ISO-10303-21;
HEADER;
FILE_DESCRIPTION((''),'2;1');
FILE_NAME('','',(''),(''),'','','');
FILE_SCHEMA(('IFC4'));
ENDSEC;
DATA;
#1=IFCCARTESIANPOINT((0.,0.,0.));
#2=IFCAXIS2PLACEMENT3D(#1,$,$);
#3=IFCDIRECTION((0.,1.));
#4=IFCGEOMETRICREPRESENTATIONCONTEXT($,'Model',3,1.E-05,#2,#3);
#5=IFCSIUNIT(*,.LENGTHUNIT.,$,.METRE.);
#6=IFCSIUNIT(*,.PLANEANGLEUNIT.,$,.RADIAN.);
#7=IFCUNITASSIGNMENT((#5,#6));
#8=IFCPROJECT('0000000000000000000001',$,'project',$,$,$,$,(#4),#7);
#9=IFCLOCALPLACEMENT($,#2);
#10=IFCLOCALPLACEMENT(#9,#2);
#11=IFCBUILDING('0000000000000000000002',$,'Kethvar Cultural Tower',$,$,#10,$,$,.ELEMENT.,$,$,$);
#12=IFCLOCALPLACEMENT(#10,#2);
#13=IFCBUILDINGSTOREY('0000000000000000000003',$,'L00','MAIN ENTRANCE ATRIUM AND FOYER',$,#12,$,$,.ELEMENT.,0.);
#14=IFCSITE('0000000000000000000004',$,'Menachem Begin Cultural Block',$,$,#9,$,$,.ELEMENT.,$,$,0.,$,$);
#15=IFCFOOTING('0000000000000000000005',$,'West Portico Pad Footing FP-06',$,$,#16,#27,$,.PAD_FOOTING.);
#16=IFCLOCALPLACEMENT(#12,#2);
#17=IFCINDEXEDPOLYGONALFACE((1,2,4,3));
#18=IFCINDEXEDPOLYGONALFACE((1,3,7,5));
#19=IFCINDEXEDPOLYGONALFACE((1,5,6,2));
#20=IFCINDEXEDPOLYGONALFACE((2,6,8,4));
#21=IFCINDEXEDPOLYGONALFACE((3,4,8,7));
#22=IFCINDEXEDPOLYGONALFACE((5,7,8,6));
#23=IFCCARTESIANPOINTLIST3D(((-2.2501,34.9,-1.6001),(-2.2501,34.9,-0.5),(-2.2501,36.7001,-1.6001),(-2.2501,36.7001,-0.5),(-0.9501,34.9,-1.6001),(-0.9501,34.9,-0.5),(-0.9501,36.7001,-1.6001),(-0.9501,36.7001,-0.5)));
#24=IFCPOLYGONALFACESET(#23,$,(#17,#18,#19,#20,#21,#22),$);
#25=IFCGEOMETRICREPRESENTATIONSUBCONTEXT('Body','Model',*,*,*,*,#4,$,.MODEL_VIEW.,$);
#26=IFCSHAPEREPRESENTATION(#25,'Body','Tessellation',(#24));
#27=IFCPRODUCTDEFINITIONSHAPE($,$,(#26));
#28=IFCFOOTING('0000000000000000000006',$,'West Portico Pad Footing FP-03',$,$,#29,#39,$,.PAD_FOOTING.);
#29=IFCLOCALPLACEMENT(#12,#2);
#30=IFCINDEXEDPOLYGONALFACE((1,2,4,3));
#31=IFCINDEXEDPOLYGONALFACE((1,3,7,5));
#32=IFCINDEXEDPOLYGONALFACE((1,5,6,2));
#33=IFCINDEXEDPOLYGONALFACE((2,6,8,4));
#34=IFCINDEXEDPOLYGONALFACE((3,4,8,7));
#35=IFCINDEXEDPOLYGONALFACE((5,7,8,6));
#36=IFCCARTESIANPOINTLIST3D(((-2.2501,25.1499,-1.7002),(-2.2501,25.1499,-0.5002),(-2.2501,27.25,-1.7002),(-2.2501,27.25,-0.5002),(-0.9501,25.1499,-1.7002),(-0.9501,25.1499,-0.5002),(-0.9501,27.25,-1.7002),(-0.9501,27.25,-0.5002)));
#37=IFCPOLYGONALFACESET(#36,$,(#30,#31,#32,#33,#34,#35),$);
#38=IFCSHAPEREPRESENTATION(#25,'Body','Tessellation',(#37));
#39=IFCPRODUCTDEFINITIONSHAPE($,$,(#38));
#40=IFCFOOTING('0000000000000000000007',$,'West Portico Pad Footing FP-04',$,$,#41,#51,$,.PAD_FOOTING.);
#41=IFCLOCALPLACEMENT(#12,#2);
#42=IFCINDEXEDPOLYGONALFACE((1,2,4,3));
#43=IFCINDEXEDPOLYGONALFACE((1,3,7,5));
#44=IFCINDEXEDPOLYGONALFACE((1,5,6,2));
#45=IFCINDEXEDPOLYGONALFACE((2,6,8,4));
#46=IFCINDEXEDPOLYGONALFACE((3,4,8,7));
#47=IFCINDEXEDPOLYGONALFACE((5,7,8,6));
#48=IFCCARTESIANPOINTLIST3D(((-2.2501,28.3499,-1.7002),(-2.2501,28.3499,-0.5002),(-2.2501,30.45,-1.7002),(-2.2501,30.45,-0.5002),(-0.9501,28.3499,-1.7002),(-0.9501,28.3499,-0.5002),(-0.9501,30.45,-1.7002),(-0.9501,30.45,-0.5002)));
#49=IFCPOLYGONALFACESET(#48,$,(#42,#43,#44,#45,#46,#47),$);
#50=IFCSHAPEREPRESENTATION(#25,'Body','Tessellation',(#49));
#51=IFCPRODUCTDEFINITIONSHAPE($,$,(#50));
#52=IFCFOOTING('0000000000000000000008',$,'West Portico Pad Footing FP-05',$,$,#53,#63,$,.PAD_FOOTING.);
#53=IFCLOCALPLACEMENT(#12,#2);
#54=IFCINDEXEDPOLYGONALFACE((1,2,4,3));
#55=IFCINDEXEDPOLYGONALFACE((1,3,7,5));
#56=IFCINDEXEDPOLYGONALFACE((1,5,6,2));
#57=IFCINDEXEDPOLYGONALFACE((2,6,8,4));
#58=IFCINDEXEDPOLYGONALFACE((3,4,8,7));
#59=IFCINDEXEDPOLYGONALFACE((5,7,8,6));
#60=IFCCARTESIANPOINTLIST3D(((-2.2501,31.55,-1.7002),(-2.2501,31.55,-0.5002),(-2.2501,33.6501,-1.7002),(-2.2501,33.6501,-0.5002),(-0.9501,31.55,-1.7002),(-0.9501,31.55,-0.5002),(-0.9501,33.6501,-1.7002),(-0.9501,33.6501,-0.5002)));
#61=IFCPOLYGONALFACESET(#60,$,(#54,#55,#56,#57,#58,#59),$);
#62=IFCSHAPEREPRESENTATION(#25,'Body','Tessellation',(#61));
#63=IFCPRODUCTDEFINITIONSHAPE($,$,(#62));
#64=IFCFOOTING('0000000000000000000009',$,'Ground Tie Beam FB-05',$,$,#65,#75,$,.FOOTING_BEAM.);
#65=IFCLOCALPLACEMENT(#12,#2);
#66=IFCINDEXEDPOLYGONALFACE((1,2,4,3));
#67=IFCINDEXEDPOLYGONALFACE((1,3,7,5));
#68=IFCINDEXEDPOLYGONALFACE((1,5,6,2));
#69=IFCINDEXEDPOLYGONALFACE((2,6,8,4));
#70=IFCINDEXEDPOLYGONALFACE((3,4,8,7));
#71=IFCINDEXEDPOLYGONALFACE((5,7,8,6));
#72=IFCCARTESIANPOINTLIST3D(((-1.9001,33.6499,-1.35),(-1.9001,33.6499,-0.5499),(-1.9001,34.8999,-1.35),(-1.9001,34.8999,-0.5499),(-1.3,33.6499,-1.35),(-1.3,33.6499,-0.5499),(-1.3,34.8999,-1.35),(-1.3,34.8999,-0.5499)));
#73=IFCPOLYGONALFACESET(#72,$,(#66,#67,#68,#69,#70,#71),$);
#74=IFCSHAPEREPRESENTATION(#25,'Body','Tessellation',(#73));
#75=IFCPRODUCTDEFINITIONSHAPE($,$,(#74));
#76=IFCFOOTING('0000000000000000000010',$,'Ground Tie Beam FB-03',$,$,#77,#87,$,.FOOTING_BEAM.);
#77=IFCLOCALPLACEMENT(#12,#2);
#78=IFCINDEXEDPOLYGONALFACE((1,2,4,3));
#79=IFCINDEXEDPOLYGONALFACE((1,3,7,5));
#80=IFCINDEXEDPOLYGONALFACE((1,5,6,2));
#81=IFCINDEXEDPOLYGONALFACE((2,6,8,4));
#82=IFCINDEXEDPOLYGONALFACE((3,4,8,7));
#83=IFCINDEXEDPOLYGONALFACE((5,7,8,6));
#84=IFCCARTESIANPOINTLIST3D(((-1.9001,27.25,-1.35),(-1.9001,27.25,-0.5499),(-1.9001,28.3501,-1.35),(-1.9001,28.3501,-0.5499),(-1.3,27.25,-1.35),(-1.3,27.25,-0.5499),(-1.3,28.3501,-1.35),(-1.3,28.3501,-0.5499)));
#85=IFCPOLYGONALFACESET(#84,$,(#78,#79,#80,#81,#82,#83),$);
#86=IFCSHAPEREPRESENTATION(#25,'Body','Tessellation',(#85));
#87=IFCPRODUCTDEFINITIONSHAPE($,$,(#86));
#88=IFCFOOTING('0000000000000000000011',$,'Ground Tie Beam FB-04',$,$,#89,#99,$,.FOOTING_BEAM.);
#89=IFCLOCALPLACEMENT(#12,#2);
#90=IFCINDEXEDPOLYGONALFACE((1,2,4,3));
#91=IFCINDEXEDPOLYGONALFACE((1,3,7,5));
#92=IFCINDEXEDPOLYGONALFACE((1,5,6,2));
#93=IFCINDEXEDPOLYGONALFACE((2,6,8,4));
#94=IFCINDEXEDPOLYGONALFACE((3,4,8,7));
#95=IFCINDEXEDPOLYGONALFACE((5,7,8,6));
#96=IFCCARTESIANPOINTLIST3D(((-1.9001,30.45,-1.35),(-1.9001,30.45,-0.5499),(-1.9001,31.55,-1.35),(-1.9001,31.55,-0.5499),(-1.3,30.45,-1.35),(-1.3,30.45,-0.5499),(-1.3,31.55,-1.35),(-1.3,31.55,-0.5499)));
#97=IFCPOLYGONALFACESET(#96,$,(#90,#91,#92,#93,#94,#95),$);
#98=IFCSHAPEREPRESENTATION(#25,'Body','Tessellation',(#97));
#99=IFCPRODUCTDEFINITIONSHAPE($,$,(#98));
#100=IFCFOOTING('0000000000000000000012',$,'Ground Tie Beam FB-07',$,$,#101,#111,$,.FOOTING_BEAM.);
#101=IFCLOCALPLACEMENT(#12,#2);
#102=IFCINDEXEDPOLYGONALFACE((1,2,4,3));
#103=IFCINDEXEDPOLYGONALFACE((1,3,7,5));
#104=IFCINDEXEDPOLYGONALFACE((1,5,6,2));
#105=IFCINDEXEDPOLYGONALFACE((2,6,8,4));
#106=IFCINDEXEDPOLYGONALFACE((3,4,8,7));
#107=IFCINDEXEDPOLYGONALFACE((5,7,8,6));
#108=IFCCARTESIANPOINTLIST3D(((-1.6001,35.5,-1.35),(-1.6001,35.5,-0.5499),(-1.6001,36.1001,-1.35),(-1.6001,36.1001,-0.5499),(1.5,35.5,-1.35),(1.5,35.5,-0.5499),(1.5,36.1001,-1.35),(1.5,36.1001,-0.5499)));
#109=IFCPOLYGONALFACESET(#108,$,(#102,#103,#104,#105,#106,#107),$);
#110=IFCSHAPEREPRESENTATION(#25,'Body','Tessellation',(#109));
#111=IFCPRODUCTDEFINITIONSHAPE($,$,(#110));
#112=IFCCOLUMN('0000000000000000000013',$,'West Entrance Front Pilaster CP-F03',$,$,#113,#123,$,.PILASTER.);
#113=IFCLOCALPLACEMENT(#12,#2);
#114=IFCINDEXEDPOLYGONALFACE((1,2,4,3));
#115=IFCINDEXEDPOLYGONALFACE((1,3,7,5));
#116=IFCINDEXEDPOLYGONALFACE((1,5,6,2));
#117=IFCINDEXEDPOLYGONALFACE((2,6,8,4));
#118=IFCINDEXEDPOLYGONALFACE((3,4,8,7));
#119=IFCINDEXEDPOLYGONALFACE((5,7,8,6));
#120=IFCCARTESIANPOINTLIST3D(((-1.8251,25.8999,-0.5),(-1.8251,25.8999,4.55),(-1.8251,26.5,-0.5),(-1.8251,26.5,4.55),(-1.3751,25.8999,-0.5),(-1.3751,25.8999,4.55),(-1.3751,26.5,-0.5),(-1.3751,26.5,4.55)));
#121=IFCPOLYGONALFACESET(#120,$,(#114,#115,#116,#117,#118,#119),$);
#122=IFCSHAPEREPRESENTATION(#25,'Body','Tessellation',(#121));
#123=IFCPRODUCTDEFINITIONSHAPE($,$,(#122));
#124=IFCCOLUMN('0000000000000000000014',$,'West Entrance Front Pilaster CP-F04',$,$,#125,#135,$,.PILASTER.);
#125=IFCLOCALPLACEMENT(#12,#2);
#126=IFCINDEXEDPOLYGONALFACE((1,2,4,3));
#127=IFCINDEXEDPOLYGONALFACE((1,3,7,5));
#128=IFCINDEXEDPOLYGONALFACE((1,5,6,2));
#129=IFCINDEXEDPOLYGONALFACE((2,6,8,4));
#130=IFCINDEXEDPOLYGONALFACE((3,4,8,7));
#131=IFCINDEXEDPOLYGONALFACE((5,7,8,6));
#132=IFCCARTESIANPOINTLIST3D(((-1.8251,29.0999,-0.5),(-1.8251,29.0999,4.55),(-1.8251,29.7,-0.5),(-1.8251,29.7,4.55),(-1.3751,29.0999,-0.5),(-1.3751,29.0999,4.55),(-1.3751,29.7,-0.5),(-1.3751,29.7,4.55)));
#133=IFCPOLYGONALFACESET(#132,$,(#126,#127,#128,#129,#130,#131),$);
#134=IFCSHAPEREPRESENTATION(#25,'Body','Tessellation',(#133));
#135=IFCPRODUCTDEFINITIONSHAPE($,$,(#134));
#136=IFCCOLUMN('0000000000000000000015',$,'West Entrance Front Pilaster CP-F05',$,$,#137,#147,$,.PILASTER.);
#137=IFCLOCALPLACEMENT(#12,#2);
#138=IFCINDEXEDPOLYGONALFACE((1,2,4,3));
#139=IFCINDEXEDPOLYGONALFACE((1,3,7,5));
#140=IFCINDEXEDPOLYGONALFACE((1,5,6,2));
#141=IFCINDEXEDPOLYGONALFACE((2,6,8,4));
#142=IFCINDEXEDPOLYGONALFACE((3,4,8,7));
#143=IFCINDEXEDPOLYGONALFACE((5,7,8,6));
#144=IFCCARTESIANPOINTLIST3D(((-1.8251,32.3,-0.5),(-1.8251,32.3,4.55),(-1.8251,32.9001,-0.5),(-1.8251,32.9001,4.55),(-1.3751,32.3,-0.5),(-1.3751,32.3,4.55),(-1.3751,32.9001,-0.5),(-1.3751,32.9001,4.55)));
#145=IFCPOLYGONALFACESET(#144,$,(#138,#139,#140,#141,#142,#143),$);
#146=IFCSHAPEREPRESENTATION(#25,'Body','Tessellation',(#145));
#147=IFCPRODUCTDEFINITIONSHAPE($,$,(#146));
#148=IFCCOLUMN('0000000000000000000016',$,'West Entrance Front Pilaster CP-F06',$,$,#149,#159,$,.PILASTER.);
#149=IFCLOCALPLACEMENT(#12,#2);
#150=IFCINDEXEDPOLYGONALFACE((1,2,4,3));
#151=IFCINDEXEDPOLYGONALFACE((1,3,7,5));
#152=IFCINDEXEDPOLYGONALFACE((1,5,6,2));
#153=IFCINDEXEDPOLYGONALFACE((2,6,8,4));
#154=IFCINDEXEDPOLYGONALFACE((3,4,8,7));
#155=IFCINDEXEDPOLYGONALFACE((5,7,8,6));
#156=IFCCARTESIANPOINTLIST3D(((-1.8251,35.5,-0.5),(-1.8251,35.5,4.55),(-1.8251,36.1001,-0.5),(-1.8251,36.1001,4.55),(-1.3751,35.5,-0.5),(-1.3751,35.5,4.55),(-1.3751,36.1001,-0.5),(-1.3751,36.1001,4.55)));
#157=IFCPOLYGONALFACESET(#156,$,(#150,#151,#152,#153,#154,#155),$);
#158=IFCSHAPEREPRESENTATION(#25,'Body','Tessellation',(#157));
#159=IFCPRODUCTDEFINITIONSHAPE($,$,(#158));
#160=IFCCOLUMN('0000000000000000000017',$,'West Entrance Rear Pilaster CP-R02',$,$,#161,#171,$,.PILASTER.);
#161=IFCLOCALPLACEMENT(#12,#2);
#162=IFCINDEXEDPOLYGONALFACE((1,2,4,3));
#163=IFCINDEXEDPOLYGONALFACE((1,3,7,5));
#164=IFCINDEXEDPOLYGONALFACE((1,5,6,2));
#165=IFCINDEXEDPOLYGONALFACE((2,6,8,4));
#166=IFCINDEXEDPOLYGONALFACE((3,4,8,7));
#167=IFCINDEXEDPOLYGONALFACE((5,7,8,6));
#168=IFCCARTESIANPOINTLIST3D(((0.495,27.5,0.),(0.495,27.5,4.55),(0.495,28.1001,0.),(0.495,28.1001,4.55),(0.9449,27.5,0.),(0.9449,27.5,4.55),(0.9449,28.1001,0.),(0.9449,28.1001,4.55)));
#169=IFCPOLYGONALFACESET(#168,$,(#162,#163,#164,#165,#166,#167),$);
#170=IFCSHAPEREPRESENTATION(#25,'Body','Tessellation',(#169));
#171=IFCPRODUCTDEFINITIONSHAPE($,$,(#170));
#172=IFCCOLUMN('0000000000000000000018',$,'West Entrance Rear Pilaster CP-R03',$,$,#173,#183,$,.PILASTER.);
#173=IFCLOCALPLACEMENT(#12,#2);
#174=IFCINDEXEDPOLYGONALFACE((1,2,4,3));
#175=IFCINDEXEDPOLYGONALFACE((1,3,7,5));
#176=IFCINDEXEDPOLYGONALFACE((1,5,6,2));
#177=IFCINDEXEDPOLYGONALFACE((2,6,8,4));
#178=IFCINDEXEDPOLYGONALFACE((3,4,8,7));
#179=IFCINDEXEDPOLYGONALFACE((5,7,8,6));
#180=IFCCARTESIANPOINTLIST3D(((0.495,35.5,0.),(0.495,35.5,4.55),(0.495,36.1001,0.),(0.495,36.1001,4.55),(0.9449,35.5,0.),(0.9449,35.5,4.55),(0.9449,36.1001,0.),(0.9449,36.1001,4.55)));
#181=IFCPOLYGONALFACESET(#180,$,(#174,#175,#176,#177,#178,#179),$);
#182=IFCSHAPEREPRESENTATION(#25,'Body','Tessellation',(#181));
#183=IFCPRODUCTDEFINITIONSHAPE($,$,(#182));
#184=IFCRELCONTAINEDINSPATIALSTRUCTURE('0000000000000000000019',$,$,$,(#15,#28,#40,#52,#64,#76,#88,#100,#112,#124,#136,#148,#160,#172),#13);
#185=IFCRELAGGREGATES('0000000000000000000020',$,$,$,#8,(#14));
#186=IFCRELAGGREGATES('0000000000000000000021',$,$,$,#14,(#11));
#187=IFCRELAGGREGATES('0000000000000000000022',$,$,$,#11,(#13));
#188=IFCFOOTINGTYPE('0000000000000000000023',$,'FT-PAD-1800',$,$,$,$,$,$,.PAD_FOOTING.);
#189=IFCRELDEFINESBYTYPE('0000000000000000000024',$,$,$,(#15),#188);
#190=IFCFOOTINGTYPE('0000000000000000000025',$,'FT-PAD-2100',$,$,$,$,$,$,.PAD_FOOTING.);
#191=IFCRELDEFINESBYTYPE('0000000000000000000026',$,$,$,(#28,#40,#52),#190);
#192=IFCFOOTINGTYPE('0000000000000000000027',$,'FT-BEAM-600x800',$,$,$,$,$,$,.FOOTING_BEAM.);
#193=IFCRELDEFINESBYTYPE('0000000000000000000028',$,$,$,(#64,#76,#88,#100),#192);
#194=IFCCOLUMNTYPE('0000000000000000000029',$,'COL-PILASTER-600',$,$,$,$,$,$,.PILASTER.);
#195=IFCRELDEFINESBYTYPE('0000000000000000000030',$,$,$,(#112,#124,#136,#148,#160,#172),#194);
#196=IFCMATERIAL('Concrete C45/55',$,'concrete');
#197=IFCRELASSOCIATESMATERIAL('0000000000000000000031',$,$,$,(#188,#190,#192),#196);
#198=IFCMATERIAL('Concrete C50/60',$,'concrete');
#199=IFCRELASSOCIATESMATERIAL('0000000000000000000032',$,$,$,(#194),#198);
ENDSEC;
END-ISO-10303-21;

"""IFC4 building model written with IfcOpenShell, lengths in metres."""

from ifc_helpers import new_model, si_unit, direction, frame, origin, origin_2d, place, context, subcontext, project, spatial, rectangle, extrude, source, transform, mapped, material, material_profile, profile_set, type_object, element, save


model = new_model("IFC4")

# Units and contexts
model_context = context("Model", 3, precision=1e-05, world=origin(), true_north=direction((0.0, 1.0)))
body_context = subcontext(model_context, "Body", "Model", "MODEL_VIEW")
ifc_project = project(units=[si_unit("LENGTHUNIT", "METRE"), si_unit("PLANEANGLEUNIT", "RADIAN")], contexts=[model_context])

# Site, building, storey
site_placement = place(None, origin())
site = spatial("IfcSite", under=ifc_project, at=site_placement, Name="Menachem Begin Cultural Block", CompositionType="ELEMENT", RefElevation=0.0)
building_placement = place(site_placement, origin())
building = spatial("IfcBuilding", under=site, at=building_placement, Name="Kethvar Cultural Tower", CompositionType="ELEMENT")
storey_placement = place(building_placement, origin())
storey = spatial("IfcBuildingStorey", under=building, at=storey_placement, Name="L00", Description="MAIN ENTRANCE ATRIUM AND FOYER", CompositionType="ELEMENT", Elevation=0.0)

# Footings
ifc_material_1 = material(Name="Concrete C45/55", Category="concrete")
footing_type_1 = type_object("IfcFootingType", Name="FT-PAD-1800", PredefinedType="PAD_FOOTING", material=ifc_material_1)
shared_shape_1 = source(origin(), body_context, "Body", "SweptSolid", [
    extrude(rectangle(XDim=1.3, YDim=1.8, at=origin_2d()), origin(), (0.0, 0.0, 1.0), 1.1001),
])
footing_1_placement = place(storey_placement, frame((-1.6001, 35.8, -1.6001), z_axis=(0.0, 0.0, 1.0), x_axis=(1.0, 0.0, 0.0)))
element("IfcFooting", 1, at=footing_1_placement, inside=storey, type_object=footing_type_1, Name="West Portico Pad Footing FP-06", PredefinedType="PAD_FOOTING", context=body_context, shape_type="MappedRepresentation", body=[
    mapped(shared_shape_1, transform((0.0, 0.0, 0.0), scale=1.0)),
])
footing_type_2 = type_object("IfcFootingType", Name="FT-PAD-2100", PredefinedType="PAD_FOOTING", material=ifc_material_1)
shared_shape_2 = source(origin(), body_context, "Body", "SweptSolid", [
    extrude(rectangle(XDim=1.3, YDim=2.1001, at=origin_2d()), origin(), (0.0, 0.0, 1.0), 1.2),
])
for number, where, z_axis, x_axis, name in (
    (2, (-1.6001, 26.2, -1.7002), (0.0, 0.0, 1.0), (1.0, 0.0, 0.0), "West Portico Pad Footing FP-03"),
    (3, (-1.6001, 29.3999, -1.7002), (0.0, 0.0, 1.0), (1.0, 0.0, 0.0), "West Portico Pad Footing FP-04"),
    (4, (-1.6001, 32.6001, -1.7002), (0.0, 0.0, 1.0), (1.0, 0.0, 0.0), "West Portico Pad Footing FP-05"),
):
    element("IfcFooting", number, at=place(storey_placement, frame(where, z_axis=z_axis, x_axis=x_axis)), inside=storey, type_object=footing_type_2, Name=name, PredefinedType="PAD_FOOTING", context=body_context, shape_type="MappedRepresentation", body=[
        mapped(shared_shape_2, transform((0.0, 0.0, 0.0), scale=1.0)),
    ])
ifc_material_profile_1 = material_profile(ifc_material_1, rectangle(XDim=0.6001, YDim=0.8, at=origin_2d()), Name="Concrete C45/55 — RC600x800")
ifc_profile_set_1 = profile_set([ifc_material_profile_1], Name="Concrete C45/55 — RC600x800")
footing_type_3 = type_object("IfcFootingType", Name="FT-BEAM-600x800", PredefinedType="FOOTING_BEAM", material=ifc_profile_set_1)
shared_shape_3 = source(origin(), body_context, "Body", "SweptSolid", [
    extrude(rectangle(XDim=0.6001, YDim=0.8, at=origin_2d()), origin(), (0.0, 0.0, 1.0), 1.25),
])
footing_2_placement = place(storey_placement, frame((-1.6001, 33.6499, -0.95), z_axis=(0.0, 1.0, 0.0), x_axis=(-1.0, 0.0, 0.0)))
element("IfcFooting", 5, at=footing_2_placement, inside=storey, type_object=footing_type_3, Name="Ground Tie Beam FB-05", PredefinedType="FOOTING_BEAM", context=body_context, shape_type="MappedRepresentation", body=[
    mapped(shared_shape_3, transform((0.0, 0.0, 0.0), scale=1.0)),
])
shared_shape_4 = source(origin(), body_context, "Body", "SweptSolid", [
    extrude(rectangle(XDim=0.6001, YDim=0.8, at=origin_2d()), origin(), (0.0, 0.0, 1.0), 1.1001),
])
for number, where, z_axis, x_axis, name in (
    (6, (-1.6001, 27.25, -0.95), (0.0, 1.0, 0.0), (-1.0, 0.0, 0.0), "Ground Tie Beam FB-03"),
    (7, (-1.6001, 30.45, -0.95), (0.0, 1.0, 0.0), (-1.0, 0.0, 0.0), "Ground Tie Beam FB-04"),
):
    element("IfcFooting", number, at=place(storey_placement, frame(where, z_axis=z_axis, x_axis=x_axis)), inside=storey, type_object=footing_type_3, Name=name, PredefinedType="FOOTING_BEAM", context=body_context, shape_type="MappedRepresentation", body=[
        mapped(shared_shape_4, transform((0.0, 0.0, 0.0), scale=1.0)),
    ])
shared_shape_5 = source(origin(), body_context, "Body", "SweptSolid", [
    extrude(rectangle(XDim=0.6001, YDim=0.8, at=origin_2d()), origin(), (0.0, 0.0, 1.0), 3.1001),
])
footing_3_placement = place(storey_placement, frame((-1.6001, 35.8, -0.95), z_axis=(1.0, 0.0, 0.0), x_axis=(0.0, 1.0, 0.0)))
element("IfcFooting", 8, at=footing_3_placement, inside=storey, type_object=footing_type_3, Name="Ground Tie Beam FB-07", PredefinedType="FOOTING_BEAM", context=body_context, shape_type="MappedRepresentation", body=[
    mapped(shared_shape_5, transform((0.0, 0.0, 0.0), scale=1.0)),
])

# Columns
ifc_material_2 = material(Name="Concrete C50/60", Category="concrete")
ifc_material_profile_2 = material_profile(ifc_material_2, rectangle(XDim=0.45, YDim=0.6001, at=origin_2d()), Name="Concrete C50/60 — RC600x450")
ifc_profile_set_2 = profile_set([ifc_material_profile_2], Name="Concrete C50/60 — RC600x450")
column_type_1 = type_object("IfcColumnType", Name="COL-PILASTER-600", PredefinedType="PILASTER", material=ifc_profile_set_2)
shared_shape_6 = source(origin(), body_context, "Body", "SweptSolid", [
    extrude(rectangle(XDim=0.45, YDim=0.6001, at=origin_2d()), origin(), (0.0, 0.0, 1.0), 5.05),
])
for number, where, z_axis, x_axis, name in (
    (9, (-1.6001, 26.2, -0.5), (0.0, 0.0, 1.0), (1.0, 0.0, 0.0), "West Entrance Front Pilaster CP-F03"),
    (10, (-1.6001, 29.3999, -0.5), (0.0, 0.0, 1.0), (1.0, 0.0, 0.0), "West Entrance Front Pilaster CP-F04"),
    (11, (-1.6001, 32.6001, -0.5), (0.0, 0.0, 1.0), (1.0, 0.0, 0.0), "West Entrance Front Pilaster CP-F05"),
    (12, (-1.6001, 35.8, -0.5), (0.0, 0.0, 1.0), (1.0, 0.0, 0.0), "West Entrance Front Pilaster CP-F06"),
):
    element("IfcColumn", number, at=place(storey_placement, frame(where, z_axis=z_axis, x_axis=x_axis)), inside=storey, type_object=column_type_1, Name=name, PredefinedType="PILASTER", context=body_context, shape_type="MappedRepresentation", body=[
        mapped(shared_shape_6, transform((0.0, 0.0, 0.0), scale=1.0)),
    ])
shared_shape_7 = source(origin(), body_context, "Body", "SweptSolid", [
    extrude(rectangle(XDim=0.45, YDim=0.6001, at=origin_2d()), origin(), (0.0, 0.0, 1.0), 4.55),
])
for number, where, z_axis, x_axis, name in (
    (13, (0.72, 27.8, 0.0), (0.0, 0.0, 1.0), (1.0, 0.0, 0.0), "West Entrance Rear Pilaster CP-R02"),
    (14, (0.72, 35.8, 0.0), (0.0, 0.0, 1.0), (1.0, 0.0, 0.0), "West Entrance Rear Pilaster CP-R03"),
):
    element("IfcColumn", number, at=place(storey_placement, frame(where, z_axis=z_axis, x_axis=x_axis)), inside=storey, type_object=column_type_1, Name=name, PredefinedType="PILASTER", context=body_context, shape_type="MappedRepresentation", body=[
        mapped(shared_shape_7, transform((0.0, 0.0, 0.0), scale=1.0)),
    ])

save(model, "model.ifc")
